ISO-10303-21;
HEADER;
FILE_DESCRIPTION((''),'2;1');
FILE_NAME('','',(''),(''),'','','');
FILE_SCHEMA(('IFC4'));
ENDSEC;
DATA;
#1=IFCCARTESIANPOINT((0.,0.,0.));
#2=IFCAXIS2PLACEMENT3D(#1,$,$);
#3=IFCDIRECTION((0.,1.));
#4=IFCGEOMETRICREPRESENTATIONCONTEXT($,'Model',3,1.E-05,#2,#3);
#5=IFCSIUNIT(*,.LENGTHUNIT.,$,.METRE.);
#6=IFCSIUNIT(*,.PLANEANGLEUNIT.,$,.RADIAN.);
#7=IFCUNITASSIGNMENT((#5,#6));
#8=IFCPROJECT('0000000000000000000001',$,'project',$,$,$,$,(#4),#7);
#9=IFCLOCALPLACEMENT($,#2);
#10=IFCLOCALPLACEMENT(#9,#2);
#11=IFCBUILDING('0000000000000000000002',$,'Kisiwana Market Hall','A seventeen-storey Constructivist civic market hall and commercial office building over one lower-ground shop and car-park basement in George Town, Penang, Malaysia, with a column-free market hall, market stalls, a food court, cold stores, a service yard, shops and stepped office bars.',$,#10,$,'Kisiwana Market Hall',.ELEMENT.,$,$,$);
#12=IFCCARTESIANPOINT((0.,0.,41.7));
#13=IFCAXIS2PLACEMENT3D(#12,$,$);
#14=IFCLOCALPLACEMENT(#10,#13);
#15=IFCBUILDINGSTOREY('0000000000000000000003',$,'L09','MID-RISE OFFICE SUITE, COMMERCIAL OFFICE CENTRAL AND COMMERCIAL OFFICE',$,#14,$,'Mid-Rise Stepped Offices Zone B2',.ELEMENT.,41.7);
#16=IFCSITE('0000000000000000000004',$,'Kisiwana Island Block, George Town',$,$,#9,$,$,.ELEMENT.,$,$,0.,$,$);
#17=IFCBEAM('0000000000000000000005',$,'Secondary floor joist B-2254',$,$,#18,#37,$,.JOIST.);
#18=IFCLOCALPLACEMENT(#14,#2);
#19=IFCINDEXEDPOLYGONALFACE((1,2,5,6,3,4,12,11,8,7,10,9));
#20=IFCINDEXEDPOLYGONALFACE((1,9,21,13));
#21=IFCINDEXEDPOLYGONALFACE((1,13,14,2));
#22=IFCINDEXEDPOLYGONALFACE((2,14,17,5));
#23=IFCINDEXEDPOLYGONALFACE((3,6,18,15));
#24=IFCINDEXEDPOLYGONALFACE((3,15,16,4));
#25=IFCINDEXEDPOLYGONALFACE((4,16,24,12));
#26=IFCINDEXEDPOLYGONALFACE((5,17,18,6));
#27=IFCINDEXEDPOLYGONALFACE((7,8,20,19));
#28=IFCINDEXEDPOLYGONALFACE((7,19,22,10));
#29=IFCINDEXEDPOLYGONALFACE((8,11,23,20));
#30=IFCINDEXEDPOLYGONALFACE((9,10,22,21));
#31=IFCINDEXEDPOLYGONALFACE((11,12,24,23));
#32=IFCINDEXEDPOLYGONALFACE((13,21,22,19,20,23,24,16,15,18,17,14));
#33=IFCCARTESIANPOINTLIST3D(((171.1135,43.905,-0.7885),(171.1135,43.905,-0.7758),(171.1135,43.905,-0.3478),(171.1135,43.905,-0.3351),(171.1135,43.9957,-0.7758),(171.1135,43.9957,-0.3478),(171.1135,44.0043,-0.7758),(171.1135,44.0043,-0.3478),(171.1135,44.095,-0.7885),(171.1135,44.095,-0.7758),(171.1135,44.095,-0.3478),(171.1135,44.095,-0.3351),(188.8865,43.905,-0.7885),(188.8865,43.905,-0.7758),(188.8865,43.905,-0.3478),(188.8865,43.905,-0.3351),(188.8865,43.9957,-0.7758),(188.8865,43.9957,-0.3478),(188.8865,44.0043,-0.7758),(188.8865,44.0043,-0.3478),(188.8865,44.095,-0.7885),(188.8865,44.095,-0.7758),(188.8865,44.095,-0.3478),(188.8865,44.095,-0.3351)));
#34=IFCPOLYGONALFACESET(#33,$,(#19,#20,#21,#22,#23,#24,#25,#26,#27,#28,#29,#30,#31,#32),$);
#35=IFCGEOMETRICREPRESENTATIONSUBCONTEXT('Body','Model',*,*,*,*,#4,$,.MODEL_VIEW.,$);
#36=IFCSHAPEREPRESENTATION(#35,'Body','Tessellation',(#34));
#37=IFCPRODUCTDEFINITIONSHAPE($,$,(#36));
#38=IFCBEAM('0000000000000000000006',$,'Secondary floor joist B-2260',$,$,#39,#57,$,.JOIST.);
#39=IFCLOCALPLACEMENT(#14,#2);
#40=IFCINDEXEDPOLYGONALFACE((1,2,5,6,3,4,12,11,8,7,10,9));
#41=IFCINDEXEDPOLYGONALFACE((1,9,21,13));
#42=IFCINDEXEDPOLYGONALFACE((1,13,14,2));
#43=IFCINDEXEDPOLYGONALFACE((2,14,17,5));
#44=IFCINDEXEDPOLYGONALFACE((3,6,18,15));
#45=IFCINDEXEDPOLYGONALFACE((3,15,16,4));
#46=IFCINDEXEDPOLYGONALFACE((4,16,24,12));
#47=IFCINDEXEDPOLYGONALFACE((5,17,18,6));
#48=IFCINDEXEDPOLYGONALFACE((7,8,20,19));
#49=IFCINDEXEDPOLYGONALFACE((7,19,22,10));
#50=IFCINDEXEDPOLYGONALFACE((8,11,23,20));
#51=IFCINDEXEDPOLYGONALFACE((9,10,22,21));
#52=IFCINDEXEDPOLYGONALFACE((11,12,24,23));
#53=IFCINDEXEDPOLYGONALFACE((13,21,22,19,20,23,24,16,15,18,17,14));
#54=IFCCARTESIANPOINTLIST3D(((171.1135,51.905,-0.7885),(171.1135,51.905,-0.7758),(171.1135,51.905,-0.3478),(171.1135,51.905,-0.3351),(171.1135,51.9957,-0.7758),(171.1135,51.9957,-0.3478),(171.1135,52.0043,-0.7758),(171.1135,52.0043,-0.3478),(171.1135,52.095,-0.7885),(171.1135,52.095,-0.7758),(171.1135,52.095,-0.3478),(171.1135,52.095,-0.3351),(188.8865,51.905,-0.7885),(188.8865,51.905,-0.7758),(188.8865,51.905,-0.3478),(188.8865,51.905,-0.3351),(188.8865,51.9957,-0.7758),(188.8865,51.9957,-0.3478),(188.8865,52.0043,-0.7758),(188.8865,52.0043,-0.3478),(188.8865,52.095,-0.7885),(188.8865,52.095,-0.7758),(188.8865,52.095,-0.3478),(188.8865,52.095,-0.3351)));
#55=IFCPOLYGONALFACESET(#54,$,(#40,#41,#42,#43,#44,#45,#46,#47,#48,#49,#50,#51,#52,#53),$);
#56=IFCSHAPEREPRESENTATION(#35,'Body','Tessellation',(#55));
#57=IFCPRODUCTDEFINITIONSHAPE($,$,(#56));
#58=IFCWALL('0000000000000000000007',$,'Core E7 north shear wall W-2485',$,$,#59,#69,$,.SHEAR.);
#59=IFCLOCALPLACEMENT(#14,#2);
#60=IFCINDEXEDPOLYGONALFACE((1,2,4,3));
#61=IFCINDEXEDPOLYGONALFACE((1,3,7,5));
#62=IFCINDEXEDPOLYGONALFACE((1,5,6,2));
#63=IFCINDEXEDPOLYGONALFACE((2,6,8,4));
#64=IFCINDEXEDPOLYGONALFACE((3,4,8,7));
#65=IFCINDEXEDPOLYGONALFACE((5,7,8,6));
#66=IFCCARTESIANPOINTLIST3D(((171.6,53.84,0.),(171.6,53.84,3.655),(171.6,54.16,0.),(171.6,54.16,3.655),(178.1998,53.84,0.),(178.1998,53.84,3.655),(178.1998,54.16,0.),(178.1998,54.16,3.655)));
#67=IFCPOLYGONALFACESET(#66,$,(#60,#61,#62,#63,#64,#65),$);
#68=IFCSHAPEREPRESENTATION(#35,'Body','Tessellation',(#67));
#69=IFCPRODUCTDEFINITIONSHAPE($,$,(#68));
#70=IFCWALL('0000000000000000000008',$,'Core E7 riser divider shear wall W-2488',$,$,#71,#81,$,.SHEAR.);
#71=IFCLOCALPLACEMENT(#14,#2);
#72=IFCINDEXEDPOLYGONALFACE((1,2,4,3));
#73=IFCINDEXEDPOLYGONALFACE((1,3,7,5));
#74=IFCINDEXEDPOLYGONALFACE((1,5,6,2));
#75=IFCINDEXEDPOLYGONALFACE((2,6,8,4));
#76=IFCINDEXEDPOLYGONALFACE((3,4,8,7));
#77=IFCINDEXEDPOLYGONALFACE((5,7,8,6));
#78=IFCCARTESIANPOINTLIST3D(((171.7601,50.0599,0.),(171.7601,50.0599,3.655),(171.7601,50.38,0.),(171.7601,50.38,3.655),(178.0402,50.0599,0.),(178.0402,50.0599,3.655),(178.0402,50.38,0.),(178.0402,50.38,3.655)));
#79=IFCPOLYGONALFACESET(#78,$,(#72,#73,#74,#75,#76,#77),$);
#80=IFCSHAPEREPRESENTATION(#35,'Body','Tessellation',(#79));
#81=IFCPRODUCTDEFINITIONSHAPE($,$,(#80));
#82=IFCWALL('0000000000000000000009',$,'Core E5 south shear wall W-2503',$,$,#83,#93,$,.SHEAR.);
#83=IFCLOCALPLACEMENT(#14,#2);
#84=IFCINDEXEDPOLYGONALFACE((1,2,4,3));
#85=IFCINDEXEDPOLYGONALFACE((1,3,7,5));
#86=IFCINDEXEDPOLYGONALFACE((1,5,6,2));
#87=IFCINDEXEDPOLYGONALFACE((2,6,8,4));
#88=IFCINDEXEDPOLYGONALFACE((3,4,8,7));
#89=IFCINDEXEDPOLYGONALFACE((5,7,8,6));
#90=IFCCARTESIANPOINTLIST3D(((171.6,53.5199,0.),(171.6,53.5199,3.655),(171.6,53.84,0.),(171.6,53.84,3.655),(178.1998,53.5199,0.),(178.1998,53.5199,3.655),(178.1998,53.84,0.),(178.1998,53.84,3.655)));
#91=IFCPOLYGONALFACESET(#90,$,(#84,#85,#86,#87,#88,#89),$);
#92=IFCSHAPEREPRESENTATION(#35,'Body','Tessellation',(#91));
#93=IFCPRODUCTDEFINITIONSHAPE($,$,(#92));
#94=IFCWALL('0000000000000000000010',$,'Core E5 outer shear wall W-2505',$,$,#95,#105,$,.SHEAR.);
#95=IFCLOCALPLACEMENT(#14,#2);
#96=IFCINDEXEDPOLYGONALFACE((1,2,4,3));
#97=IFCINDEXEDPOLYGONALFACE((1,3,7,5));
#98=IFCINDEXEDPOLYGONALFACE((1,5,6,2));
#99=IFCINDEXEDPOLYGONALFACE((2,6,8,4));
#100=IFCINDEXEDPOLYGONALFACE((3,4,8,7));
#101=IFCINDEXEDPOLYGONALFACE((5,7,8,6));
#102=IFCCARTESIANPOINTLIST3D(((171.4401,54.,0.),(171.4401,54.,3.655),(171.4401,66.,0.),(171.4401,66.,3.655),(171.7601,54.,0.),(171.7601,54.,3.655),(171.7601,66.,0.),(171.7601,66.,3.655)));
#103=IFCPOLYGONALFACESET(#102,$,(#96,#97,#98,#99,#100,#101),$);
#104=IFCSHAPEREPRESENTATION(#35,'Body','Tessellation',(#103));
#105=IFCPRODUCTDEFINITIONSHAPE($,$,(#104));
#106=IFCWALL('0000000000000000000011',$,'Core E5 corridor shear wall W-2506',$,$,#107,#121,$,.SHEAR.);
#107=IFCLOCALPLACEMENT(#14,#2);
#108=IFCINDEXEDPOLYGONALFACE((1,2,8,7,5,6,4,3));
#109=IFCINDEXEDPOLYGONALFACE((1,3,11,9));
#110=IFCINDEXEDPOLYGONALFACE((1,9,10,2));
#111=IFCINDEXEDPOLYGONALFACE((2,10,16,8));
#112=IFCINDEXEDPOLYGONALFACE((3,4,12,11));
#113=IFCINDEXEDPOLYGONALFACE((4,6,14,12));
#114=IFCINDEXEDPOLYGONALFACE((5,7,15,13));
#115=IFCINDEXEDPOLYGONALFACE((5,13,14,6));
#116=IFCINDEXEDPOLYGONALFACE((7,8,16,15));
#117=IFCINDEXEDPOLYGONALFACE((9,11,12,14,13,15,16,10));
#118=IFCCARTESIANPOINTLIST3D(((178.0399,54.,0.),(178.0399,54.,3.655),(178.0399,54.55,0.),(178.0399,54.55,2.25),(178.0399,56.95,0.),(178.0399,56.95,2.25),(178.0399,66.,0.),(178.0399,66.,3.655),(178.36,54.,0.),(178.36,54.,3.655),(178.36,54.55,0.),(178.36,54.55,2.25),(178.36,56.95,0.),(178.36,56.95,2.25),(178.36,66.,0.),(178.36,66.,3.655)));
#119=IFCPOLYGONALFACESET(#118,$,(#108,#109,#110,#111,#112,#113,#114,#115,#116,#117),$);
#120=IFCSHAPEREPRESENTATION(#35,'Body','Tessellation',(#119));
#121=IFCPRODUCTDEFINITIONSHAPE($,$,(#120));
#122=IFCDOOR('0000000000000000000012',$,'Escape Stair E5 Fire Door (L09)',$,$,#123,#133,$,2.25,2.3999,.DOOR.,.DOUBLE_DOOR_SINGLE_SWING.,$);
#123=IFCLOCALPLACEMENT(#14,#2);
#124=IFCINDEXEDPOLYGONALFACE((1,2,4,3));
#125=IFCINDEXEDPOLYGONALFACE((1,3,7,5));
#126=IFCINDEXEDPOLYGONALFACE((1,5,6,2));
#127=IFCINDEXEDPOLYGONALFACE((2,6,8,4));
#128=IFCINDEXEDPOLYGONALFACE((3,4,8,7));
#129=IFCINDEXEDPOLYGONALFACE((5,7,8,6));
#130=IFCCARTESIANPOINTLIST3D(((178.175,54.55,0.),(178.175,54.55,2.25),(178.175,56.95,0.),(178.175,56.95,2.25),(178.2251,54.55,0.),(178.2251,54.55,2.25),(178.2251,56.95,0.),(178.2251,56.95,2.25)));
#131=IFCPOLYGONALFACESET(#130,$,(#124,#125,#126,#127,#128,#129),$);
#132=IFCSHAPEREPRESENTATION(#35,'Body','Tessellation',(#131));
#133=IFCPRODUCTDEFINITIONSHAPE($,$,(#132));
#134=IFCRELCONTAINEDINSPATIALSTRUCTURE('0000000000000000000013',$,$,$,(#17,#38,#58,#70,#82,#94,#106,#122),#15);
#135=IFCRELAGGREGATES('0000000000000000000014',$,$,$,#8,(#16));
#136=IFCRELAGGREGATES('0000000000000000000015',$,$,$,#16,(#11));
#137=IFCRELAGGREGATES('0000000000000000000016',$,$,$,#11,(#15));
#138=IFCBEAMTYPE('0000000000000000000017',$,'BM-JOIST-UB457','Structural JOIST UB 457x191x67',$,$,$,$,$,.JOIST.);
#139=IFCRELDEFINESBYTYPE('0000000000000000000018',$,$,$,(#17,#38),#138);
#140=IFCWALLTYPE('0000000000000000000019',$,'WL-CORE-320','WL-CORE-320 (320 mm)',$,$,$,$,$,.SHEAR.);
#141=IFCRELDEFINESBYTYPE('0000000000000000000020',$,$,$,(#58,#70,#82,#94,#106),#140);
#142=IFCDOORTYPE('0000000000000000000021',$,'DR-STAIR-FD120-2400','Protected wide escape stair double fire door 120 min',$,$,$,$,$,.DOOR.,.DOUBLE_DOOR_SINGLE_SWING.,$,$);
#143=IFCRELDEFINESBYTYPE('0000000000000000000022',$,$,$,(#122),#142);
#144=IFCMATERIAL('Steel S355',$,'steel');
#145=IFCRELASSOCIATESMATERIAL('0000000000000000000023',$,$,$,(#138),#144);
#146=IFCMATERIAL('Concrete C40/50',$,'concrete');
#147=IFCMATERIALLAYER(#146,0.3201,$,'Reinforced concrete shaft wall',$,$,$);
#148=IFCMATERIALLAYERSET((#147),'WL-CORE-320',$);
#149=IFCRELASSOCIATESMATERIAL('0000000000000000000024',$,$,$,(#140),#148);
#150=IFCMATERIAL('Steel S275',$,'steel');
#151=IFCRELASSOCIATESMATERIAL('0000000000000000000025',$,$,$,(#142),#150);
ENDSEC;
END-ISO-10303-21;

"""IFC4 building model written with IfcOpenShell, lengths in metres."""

from ifc_helpers import new_model, si_unit, direction, frame, frame_2d, origin, origin_2d, place, context, subcontext, project, spatial, rectangle, i_section, extrude, material, layer, layer_set, material_profile, profile_set, type_object, element, fill, save


model = new_model("IFC4")

# Units and contexts
model_context = context("Model", 3, precision=1e-05, world=origin(), true_north=direction((0.0, 1.0)))
body_context = subcontext(model_context, "Body", "Model", "MODEL_VIEW")
ifc_project = project(units=[si_unit("LENGTHUNIT", "METRE"), si_unit("PLANEANGLEUNIT", "RADIAN")], contexts=[model_context])

# Site, building, storey
site_placement = place(None, origin())
site = spatial("IfcSite", under=ifc_project, at=site_placement, Name="Kisiwana Island Block, George Town", CompositionType="ELEMENT", RefElevation=0.0)
building_placement = place(site_placement, origin())
building = spatial("IfcBuilding", under=site, at=building_placement, Name="Kisiwana Market Hall", Description="A seventeen-storey Constructivist civic market hall and commercial office building over one lower-ground shop and car-park basement in George Town, Penang, Malaysia, with a column-free market hall, market stalls, a food court, cold stores, a service yard, shops and stepped office bars.", LongName="Kisiwana Market Hall", CompositionType="ELEMENT")
storey_placement = place(building_placement, frame((0.0, 0.0, 41.7)))
storey = spatial("IfcBuildingStorey", under=building, at=storey_placement, Name="L09", Description="MID-RISE OFFICE SUITE, COMMERCIAL OFFICE CENTRAL AND COMMERCIAL OFFICE", LongName="Mid-Rise Stepped Offices Zone B2", CompositionType="ELEMENT", Elevation=41.7)

# Beams
ifc_material_1 = material(Name="Steel S355", Category="steel")
ifc_material_profile = material_profile(ifc_material_1, i_section(OverallWidth=0.1899, OverallDepth=0.4534, WebThickness=0.0085, FlangeThickness=0.0127, at=origin_2d()), Name="UB 457x191x67")
ifc_profile_set = profile_set([ifc_material_profile], Name="Steel S355")
beam_type = type_object("IfcBeamType", Name="BM-JOIST-UB457", Description="Structural JOIST UB 457x191x67", PredefinedType="JOIST", material=ifc_profile_set)
for number, where, z_axis, x_axis, name in (
    (1, (171.1135, 44.0, -0.5618), (1.0, 0.0, 0.0), (0.0, 1.0, 0.0), "Secondary floor joist B-2254"),
    (2, (171.1135, 52.0, -0.5618), (1.0, 0.0, 0.0), (0.0, 1.0, 0.0), "Secondary floor joist B-2260"),
):
    element("IfcBeam", number, at=place(storey_placement, frame(where, z_axis=z_axis, x_axis=x_axis)), inside=storey, type_object=beam_type, Name=name, PredefinedType="JOIST", context=body_context, shape_type="SweptSolid", body=[
        extrude(i_section(OverallWidth=0.1899, OverallDepth=0.4534, WebThickness=0.0085, FlangeThickness=0.0127, at=origin_2d()), origin(), (0.0, 0.0, 1.0), 17.7729),
    ])

# Walls
ifc_material_2 = material(Name="Concrete C40/50", Category="concrete")
ifc_layer = layer(ifc_material_2, 0.3201, Name="Reinforced concrete shaft wall")
ifc_layer_set = layer_set([ifc_layer], Name="WL-CORE-320")
wall_type = type_object("IfcWallType", Name="WL-CORE-320", Description="WL-CORE-320 (320 mm)", PredefinedType="SHEAR", material=ifc_layer_set)
wall_1_placement = place(storey_placement, frame((171.6001, 54.0, 0.0), z_axis=(0.0, 0.0, 1.0), x_axis=(1.0, 0.0, 0.0)))
element("IfcWall", 3, at=wall_1_placement, inside=storey, type_object=wall_type, Name="Core E7 north shear wall W-2485", PredefinedType="SHEAR", context=body_context, shape_type="SweptSolid", body=[
    extrude(rectangle(XDim=6.5999, YDim=0.3201, at=frame_2d((3.2998, 0.0))), origin(), (0.0, 0.0, 1.0), 3.655),
])
wall_2_placement = place(storey_placement, frame((171.76, 50.22, 0.0), z_axis=(0.0, 0.0, 1.0), x_axis=(1.0, 0.0, 0.0)))
element("IfcWall", 4, at=wall_2_placement, inside=storey, type_object=wall_type, Name="Core E7 riser divider shear wall W-2488", PredefinedType="SHEAR", context=body_context, shape_type="SweptSolid", body=[
    extrude(rectangle(XDim=6.28, YDim=0.3201, at=frame_2d((3.1401, 0.0))), origin(), (0.0, 0.0, 1.0), 3.655),
])
wall_3_placement = place(storey_placement, frame((171.6001, 53.6799, 0.0), z_axis=(0.0, 0.0, 1.0), x_axis=(1.0, 0.0, 0.0)))
element("IfcWall", 5, at=wall_3_placement, inside=storey, type_object=wall_type, Name="Core E5 south shear wall W-2503", PredefinedType="SHEAR", context=body_context, shape_type="SweptSolid", body=[
    extrude(rectangle(XDim=6.5999, YDim=0.3201, at=frame_2d((3.2998, 0.0))), origin(), (0.0, 0.0, 1.0), 3.655),
])
wall_4_placement = place(storey_placement, frame((171.6001, 54.0, 0.0), z_axis=(0.0, 0.0, 1.0), x_axis=(0.0, 1.0, 0.0)))
element("IfcWall", 6, at=wall_4_placement, inside=storey, type_object=wall_type, Name="Core E5 outer shear wall W-2505", PredefinedType="SHEAR", context=body_context, shape_type="SweptSolid", body=[
    extrude(rectangle(XDim=12.0, YDim=0.3201, at=frame_2d((6.0, 0.0))), origin(), (0.0, 0.0, 1.0), 3.655),
])

# Wall, opening, door
wall_5_placement = place(storey_placement, frame((178.2, 54.0, 0.0), z_axis=(0.0, 0.0, 1.0), x_axis=(0.0, 1.0, 0.0)))
wall_5 = element("IfcWall", 7, at=wall_5_placement, inside=storey, type_object=wall_type, Name="Core E5 corridor shear wall W-2506", PredefinedType="SHEAR", context=body_context, shape_type="SweptSolid", body=[
    extrude(rectangle(XDim=12.0, YDim=0.3201, at=frame_2d((6.0, 0.0))), origin(), (0.0, 0.0, 1.0), 3.655),
])
opening_placement = place(wall_5_placement, frame((0.55, 0.0, 0.0)))
opening = element("IfcOpeningElement", 8, at=opening_placement, cuts=wall_5, PredefinedType="OPENING", context=body_context, shape_type="SweptSolid", body=[
    extrude(rectangle(XDim=2.3999, YDim=2.25, at=frame_2d((1.2, 1.125))), frame((0.0, 0.1719, 0.0), z_axis=(0.0, -1.0, 0.0), x_axis=(1.0, 0.0, 0.0)), (0.0, 0.0, 1.0), 0.344),
])
ifc_material_3 = material(Name="Steel S275", Category="steel")
door_type = type_object("IfcDoorType", Name="DR-STAIR-FD120-2400", Description="Protected wide escape stair double fire door 120 min", OperationType="DOUBLE_DOOR_SINGLE_SWING", PredefinedType="DOOR", material=ifc_material_3)
door_placement = place(opening_placement, origin())
door = element("IfcDoor", 9, at=door_placement, inside=storey, type_object=door_type, Name="Escape Stair E5 Fire Door (L09)", OperationType="DOUBLE_DOOR_SINGLE_SWING", OverallHeight=2.25, OverallWidth=2.3999, PredefinedType="DOOR", context=body_context, shape_type="SweptSolid", body=[
    extrude(rectangle(XDim=2.3999, YDim=2.25, at=frame_2d((1.2, 1.125))), frame((0.0, 0.0249, 0.0), z_axis=(0.0, -1.0, 0.0), x_axis=(1.0, 0.0, 0.0)), (0.0, 0.0, 1.0), 0.05),
])
fill(opening, door)

save(model, "model.ifc")
